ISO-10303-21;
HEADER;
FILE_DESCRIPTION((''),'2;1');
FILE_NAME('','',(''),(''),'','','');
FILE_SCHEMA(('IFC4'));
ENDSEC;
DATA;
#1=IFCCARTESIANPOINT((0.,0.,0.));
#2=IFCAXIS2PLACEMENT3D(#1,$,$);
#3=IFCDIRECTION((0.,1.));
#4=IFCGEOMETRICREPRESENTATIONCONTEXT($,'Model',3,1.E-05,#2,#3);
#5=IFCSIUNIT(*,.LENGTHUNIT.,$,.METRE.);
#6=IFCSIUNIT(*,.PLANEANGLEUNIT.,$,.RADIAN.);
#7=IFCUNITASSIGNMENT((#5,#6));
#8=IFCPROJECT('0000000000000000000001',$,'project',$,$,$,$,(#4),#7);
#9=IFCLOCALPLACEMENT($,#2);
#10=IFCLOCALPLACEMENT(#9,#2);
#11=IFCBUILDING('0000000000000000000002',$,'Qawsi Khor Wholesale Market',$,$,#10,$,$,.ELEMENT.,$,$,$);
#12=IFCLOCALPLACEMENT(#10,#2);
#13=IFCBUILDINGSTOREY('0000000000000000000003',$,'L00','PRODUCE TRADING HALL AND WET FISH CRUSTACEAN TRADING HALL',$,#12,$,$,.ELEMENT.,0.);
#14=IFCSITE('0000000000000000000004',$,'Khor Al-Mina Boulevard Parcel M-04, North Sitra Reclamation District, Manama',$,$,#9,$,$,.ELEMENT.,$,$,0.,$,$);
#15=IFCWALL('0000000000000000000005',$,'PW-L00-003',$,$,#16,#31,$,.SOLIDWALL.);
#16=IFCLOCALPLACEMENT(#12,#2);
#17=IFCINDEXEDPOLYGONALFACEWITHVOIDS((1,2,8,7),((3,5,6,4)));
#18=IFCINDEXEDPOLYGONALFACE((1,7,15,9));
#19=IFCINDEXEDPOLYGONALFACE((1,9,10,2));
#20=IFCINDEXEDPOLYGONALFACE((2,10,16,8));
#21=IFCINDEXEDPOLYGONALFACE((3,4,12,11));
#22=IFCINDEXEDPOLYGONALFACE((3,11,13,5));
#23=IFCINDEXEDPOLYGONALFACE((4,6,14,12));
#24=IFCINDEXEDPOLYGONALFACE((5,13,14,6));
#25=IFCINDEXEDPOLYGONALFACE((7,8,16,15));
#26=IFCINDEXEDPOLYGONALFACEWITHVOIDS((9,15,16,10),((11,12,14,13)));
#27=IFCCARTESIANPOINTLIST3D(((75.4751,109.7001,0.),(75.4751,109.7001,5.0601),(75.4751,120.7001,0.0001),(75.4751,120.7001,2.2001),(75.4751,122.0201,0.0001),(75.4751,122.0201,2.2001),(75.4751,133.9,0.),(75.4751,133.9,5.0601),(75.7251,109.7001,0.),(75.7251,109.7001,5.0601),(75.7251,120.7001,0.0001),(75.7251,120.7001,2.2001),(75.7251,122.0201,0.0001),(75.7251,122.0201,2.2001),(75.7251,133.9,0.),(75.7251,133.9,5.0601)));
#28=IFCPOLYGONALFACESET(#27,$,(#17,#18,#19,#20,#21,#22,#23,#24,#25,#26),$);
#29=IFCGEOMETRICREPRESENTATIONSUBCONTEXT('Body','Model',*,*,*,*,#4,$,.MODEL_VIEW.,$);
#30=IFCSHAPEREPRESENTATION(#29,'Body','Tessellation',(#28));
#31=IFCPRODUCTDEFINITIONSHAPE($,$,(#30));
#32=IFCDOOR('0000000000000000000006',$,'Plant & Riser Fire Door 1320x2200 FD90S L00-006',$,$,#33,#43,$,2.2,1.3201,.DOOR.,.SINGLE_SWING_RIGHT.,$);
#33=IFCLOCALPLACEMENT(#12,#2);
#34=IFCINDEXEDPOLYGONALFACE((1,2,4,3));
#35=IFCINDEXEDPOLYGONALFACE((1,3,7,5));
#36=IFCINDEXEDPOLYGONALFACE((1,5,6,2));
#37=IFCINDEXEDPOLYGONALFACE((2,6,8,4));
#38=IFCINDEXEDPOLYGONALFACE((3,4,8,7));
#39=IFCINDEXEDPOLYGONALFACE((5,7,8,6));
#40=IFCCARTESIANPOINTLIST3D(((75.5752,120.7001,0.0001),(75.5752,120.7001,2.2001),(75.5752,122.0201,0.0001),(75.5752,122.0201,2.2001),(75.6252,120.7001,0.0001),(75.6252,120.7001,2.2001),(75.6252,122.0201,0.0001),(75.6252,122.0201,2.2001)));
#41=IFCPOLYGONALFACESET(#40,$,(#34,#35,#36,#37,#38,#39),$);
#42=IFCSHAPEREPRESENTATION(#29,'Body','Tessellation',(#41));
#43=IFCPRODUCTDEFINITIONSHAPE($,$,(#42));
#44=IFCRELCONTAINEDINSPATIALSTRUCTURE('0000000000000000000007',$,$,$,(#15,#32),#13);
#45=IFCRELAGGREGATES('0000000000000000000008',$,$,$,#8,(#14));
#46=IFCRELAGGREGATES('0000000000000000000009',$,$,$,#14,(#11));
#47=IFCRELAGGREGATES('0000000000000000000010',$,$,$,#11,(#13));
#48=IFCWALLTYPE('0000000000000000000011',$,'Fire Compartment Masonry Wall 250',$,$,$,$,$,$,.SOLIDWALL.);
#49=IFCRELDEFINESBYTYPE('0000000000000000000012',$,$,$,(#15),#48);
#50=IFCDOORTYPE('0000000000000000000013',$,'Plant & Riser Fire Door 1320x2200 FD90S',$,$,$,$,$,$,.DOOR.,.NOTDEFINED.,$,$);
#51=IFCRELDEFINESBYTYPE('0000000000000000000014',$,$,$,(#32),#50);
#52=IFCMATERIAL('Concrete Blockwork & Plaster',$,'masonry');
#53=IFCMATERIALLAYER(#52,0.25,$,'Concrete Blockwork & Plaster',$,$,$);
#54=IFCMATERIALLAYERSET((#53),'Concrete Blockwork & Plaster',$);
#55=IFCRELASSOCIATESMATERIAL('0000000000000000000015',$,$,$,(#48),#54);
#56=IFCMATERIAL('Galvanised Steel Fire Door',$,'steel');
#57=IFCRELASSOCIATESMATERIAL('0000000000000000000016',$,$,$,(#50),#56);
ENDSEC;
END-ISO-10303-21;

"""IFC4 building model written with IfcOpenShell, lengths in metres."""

from ifc_helpers import new_model, si_unit, direction, frame, frame_2d, origin, place, context, subcontext, project, spatial, rectangle, extrude, material, layer, layer_set, type_object, element, fill, save


model = new_model("IFC4")

# Units and contexts
model_context = context("Model", 3, precision=1e-05, world=origin(), true_north=direction((0.0, 1.0)))
body_context = subcontext(model_context, "Body", "Model", "MODEL_VIEW")
ifc_project = project(units=[si_unit("LENGTHUNIT", "METRE"), si_unit("PLANEANGLEUNIT", "RADIAN")], contexts=[model_context])

# Site, building, storey
site_placement = place(None, origin())
site = spatial("IfcSite", under=ifc_project, at=site_placement, Name="Khor Al-Mina Boulevard Parcel M-04, North Sitra Reclamation District, Manama", CompositionType="ELEMENT", RefElevation=0.0)
building_placement = place(site_placement, origin())
building = spatial("IfcBuilding", under=site, at=building_placement, Name="Qawsi Khor Wholesale Market", CompositionType="ELEMENT")
storey_placement = place(building_placement, origin())
storey = spatial("IfcBuildingStorey", under=building, at=storey_placement, Name="L00", Description="PRODUCE TRADING HALL AND WET FISH CRUSTACEAN TRADING HALL", CompositionType="ELEMENT", Elevation=0.0)

# Wall, opening, door
ifc_material_1 = material(Name="Concrete Blockwork & Plaster", Category="masonry")
ifc_layer_1 = layer(ifc_material_1, 0.25, Name="Concrete Blockwork & Plaster")
ifc_layer_set_1 = layer_set([ifc_layer_1], Name="Concrete Blockwork & Plaster")
wall_type_1 = type_object("IfcWallType", Name="Fire Compartment Masonry Wall 250", PredefinedType="SOLIDWALL", material=ifc_layer_set_1)
wall_1_placement = place(storey_placement, frame((75.6001, 109.7, 0.0), z_axis=(0.0, 0.0, 1.0), x_axis=(0.0, 1.0, 0.0)))
wall_1 = element("IfcWall", 1, at=wall_1_placement, inside=storey, type_object=wall_type_1, Name="PW-L00-003", PredefinedType="SOLIDWALL", context=body_context, shape_type="SweptSolid", body=[
    extrude(rectangle(XDim=24.2, YDim=0.25, at=frame_2d((12.1001, 0.0))), origin(), (0.0, 0.0, 1.0), 5.0601),
])
opening_1_placement = place(wall_1_placement, frame((11.0, 0.0, 0.0)))
opening_1 = element("IfcOpeningElement", 2, at=opening_1_placement, cuts=wall_1, PredefinedType="OPENING", context=body_context, shape_type="SweptSolid", body=[
    extrude(rectangle(XDim=1.3201, YDim=2.2, at=frame_2d((0.6602, 1.1001))), frame((0.0, 0.135, 0.0), z_axis=(0.0, -1.0, 0.0), x_axis=(1.0, 0.0, 0.0)), (0.0, 0.0, 1.0), 0.27),
])
ifc_material_2 = material(Name="Galvanised Steel Fire Door", Category="steel")
door_type = type_object("IfcDoorType", Name="Plant & Riser Fire Door 1320x2200 FD90S", OperationType="NOTDEFINED", PredefinedType="DOOR", material=ifc_material_2)
door_placement = place(opening_1_placement, origin())
door = element("IfcDoor", 3, at=door_placement, inside=storey, type_object=door_type, Name="Plant & Riser Fire Door 1320x2200 FD90S L00-006", OperationType="SINGLE_SWING_RIGHT", OverallHeight=2.2, OverallWidth=1.3201, PredefinedType="DOOR", context=body_context, shape_type="SweptSolid", body=[
    extrude(rectangle(XDim=1.3201, YDim=2.2, at=frame_2d((0.6602, 1.1001))), frame((0.0, 0.0249, 0.0), z_axis=(0.0, -1.0, 0.0), x_axis=(1.0, 0.0, 0.0)), (0.0, 0.0, 1.0), 0.05),
])
fill(opening_1, door)

save(model, "model.ifc")
